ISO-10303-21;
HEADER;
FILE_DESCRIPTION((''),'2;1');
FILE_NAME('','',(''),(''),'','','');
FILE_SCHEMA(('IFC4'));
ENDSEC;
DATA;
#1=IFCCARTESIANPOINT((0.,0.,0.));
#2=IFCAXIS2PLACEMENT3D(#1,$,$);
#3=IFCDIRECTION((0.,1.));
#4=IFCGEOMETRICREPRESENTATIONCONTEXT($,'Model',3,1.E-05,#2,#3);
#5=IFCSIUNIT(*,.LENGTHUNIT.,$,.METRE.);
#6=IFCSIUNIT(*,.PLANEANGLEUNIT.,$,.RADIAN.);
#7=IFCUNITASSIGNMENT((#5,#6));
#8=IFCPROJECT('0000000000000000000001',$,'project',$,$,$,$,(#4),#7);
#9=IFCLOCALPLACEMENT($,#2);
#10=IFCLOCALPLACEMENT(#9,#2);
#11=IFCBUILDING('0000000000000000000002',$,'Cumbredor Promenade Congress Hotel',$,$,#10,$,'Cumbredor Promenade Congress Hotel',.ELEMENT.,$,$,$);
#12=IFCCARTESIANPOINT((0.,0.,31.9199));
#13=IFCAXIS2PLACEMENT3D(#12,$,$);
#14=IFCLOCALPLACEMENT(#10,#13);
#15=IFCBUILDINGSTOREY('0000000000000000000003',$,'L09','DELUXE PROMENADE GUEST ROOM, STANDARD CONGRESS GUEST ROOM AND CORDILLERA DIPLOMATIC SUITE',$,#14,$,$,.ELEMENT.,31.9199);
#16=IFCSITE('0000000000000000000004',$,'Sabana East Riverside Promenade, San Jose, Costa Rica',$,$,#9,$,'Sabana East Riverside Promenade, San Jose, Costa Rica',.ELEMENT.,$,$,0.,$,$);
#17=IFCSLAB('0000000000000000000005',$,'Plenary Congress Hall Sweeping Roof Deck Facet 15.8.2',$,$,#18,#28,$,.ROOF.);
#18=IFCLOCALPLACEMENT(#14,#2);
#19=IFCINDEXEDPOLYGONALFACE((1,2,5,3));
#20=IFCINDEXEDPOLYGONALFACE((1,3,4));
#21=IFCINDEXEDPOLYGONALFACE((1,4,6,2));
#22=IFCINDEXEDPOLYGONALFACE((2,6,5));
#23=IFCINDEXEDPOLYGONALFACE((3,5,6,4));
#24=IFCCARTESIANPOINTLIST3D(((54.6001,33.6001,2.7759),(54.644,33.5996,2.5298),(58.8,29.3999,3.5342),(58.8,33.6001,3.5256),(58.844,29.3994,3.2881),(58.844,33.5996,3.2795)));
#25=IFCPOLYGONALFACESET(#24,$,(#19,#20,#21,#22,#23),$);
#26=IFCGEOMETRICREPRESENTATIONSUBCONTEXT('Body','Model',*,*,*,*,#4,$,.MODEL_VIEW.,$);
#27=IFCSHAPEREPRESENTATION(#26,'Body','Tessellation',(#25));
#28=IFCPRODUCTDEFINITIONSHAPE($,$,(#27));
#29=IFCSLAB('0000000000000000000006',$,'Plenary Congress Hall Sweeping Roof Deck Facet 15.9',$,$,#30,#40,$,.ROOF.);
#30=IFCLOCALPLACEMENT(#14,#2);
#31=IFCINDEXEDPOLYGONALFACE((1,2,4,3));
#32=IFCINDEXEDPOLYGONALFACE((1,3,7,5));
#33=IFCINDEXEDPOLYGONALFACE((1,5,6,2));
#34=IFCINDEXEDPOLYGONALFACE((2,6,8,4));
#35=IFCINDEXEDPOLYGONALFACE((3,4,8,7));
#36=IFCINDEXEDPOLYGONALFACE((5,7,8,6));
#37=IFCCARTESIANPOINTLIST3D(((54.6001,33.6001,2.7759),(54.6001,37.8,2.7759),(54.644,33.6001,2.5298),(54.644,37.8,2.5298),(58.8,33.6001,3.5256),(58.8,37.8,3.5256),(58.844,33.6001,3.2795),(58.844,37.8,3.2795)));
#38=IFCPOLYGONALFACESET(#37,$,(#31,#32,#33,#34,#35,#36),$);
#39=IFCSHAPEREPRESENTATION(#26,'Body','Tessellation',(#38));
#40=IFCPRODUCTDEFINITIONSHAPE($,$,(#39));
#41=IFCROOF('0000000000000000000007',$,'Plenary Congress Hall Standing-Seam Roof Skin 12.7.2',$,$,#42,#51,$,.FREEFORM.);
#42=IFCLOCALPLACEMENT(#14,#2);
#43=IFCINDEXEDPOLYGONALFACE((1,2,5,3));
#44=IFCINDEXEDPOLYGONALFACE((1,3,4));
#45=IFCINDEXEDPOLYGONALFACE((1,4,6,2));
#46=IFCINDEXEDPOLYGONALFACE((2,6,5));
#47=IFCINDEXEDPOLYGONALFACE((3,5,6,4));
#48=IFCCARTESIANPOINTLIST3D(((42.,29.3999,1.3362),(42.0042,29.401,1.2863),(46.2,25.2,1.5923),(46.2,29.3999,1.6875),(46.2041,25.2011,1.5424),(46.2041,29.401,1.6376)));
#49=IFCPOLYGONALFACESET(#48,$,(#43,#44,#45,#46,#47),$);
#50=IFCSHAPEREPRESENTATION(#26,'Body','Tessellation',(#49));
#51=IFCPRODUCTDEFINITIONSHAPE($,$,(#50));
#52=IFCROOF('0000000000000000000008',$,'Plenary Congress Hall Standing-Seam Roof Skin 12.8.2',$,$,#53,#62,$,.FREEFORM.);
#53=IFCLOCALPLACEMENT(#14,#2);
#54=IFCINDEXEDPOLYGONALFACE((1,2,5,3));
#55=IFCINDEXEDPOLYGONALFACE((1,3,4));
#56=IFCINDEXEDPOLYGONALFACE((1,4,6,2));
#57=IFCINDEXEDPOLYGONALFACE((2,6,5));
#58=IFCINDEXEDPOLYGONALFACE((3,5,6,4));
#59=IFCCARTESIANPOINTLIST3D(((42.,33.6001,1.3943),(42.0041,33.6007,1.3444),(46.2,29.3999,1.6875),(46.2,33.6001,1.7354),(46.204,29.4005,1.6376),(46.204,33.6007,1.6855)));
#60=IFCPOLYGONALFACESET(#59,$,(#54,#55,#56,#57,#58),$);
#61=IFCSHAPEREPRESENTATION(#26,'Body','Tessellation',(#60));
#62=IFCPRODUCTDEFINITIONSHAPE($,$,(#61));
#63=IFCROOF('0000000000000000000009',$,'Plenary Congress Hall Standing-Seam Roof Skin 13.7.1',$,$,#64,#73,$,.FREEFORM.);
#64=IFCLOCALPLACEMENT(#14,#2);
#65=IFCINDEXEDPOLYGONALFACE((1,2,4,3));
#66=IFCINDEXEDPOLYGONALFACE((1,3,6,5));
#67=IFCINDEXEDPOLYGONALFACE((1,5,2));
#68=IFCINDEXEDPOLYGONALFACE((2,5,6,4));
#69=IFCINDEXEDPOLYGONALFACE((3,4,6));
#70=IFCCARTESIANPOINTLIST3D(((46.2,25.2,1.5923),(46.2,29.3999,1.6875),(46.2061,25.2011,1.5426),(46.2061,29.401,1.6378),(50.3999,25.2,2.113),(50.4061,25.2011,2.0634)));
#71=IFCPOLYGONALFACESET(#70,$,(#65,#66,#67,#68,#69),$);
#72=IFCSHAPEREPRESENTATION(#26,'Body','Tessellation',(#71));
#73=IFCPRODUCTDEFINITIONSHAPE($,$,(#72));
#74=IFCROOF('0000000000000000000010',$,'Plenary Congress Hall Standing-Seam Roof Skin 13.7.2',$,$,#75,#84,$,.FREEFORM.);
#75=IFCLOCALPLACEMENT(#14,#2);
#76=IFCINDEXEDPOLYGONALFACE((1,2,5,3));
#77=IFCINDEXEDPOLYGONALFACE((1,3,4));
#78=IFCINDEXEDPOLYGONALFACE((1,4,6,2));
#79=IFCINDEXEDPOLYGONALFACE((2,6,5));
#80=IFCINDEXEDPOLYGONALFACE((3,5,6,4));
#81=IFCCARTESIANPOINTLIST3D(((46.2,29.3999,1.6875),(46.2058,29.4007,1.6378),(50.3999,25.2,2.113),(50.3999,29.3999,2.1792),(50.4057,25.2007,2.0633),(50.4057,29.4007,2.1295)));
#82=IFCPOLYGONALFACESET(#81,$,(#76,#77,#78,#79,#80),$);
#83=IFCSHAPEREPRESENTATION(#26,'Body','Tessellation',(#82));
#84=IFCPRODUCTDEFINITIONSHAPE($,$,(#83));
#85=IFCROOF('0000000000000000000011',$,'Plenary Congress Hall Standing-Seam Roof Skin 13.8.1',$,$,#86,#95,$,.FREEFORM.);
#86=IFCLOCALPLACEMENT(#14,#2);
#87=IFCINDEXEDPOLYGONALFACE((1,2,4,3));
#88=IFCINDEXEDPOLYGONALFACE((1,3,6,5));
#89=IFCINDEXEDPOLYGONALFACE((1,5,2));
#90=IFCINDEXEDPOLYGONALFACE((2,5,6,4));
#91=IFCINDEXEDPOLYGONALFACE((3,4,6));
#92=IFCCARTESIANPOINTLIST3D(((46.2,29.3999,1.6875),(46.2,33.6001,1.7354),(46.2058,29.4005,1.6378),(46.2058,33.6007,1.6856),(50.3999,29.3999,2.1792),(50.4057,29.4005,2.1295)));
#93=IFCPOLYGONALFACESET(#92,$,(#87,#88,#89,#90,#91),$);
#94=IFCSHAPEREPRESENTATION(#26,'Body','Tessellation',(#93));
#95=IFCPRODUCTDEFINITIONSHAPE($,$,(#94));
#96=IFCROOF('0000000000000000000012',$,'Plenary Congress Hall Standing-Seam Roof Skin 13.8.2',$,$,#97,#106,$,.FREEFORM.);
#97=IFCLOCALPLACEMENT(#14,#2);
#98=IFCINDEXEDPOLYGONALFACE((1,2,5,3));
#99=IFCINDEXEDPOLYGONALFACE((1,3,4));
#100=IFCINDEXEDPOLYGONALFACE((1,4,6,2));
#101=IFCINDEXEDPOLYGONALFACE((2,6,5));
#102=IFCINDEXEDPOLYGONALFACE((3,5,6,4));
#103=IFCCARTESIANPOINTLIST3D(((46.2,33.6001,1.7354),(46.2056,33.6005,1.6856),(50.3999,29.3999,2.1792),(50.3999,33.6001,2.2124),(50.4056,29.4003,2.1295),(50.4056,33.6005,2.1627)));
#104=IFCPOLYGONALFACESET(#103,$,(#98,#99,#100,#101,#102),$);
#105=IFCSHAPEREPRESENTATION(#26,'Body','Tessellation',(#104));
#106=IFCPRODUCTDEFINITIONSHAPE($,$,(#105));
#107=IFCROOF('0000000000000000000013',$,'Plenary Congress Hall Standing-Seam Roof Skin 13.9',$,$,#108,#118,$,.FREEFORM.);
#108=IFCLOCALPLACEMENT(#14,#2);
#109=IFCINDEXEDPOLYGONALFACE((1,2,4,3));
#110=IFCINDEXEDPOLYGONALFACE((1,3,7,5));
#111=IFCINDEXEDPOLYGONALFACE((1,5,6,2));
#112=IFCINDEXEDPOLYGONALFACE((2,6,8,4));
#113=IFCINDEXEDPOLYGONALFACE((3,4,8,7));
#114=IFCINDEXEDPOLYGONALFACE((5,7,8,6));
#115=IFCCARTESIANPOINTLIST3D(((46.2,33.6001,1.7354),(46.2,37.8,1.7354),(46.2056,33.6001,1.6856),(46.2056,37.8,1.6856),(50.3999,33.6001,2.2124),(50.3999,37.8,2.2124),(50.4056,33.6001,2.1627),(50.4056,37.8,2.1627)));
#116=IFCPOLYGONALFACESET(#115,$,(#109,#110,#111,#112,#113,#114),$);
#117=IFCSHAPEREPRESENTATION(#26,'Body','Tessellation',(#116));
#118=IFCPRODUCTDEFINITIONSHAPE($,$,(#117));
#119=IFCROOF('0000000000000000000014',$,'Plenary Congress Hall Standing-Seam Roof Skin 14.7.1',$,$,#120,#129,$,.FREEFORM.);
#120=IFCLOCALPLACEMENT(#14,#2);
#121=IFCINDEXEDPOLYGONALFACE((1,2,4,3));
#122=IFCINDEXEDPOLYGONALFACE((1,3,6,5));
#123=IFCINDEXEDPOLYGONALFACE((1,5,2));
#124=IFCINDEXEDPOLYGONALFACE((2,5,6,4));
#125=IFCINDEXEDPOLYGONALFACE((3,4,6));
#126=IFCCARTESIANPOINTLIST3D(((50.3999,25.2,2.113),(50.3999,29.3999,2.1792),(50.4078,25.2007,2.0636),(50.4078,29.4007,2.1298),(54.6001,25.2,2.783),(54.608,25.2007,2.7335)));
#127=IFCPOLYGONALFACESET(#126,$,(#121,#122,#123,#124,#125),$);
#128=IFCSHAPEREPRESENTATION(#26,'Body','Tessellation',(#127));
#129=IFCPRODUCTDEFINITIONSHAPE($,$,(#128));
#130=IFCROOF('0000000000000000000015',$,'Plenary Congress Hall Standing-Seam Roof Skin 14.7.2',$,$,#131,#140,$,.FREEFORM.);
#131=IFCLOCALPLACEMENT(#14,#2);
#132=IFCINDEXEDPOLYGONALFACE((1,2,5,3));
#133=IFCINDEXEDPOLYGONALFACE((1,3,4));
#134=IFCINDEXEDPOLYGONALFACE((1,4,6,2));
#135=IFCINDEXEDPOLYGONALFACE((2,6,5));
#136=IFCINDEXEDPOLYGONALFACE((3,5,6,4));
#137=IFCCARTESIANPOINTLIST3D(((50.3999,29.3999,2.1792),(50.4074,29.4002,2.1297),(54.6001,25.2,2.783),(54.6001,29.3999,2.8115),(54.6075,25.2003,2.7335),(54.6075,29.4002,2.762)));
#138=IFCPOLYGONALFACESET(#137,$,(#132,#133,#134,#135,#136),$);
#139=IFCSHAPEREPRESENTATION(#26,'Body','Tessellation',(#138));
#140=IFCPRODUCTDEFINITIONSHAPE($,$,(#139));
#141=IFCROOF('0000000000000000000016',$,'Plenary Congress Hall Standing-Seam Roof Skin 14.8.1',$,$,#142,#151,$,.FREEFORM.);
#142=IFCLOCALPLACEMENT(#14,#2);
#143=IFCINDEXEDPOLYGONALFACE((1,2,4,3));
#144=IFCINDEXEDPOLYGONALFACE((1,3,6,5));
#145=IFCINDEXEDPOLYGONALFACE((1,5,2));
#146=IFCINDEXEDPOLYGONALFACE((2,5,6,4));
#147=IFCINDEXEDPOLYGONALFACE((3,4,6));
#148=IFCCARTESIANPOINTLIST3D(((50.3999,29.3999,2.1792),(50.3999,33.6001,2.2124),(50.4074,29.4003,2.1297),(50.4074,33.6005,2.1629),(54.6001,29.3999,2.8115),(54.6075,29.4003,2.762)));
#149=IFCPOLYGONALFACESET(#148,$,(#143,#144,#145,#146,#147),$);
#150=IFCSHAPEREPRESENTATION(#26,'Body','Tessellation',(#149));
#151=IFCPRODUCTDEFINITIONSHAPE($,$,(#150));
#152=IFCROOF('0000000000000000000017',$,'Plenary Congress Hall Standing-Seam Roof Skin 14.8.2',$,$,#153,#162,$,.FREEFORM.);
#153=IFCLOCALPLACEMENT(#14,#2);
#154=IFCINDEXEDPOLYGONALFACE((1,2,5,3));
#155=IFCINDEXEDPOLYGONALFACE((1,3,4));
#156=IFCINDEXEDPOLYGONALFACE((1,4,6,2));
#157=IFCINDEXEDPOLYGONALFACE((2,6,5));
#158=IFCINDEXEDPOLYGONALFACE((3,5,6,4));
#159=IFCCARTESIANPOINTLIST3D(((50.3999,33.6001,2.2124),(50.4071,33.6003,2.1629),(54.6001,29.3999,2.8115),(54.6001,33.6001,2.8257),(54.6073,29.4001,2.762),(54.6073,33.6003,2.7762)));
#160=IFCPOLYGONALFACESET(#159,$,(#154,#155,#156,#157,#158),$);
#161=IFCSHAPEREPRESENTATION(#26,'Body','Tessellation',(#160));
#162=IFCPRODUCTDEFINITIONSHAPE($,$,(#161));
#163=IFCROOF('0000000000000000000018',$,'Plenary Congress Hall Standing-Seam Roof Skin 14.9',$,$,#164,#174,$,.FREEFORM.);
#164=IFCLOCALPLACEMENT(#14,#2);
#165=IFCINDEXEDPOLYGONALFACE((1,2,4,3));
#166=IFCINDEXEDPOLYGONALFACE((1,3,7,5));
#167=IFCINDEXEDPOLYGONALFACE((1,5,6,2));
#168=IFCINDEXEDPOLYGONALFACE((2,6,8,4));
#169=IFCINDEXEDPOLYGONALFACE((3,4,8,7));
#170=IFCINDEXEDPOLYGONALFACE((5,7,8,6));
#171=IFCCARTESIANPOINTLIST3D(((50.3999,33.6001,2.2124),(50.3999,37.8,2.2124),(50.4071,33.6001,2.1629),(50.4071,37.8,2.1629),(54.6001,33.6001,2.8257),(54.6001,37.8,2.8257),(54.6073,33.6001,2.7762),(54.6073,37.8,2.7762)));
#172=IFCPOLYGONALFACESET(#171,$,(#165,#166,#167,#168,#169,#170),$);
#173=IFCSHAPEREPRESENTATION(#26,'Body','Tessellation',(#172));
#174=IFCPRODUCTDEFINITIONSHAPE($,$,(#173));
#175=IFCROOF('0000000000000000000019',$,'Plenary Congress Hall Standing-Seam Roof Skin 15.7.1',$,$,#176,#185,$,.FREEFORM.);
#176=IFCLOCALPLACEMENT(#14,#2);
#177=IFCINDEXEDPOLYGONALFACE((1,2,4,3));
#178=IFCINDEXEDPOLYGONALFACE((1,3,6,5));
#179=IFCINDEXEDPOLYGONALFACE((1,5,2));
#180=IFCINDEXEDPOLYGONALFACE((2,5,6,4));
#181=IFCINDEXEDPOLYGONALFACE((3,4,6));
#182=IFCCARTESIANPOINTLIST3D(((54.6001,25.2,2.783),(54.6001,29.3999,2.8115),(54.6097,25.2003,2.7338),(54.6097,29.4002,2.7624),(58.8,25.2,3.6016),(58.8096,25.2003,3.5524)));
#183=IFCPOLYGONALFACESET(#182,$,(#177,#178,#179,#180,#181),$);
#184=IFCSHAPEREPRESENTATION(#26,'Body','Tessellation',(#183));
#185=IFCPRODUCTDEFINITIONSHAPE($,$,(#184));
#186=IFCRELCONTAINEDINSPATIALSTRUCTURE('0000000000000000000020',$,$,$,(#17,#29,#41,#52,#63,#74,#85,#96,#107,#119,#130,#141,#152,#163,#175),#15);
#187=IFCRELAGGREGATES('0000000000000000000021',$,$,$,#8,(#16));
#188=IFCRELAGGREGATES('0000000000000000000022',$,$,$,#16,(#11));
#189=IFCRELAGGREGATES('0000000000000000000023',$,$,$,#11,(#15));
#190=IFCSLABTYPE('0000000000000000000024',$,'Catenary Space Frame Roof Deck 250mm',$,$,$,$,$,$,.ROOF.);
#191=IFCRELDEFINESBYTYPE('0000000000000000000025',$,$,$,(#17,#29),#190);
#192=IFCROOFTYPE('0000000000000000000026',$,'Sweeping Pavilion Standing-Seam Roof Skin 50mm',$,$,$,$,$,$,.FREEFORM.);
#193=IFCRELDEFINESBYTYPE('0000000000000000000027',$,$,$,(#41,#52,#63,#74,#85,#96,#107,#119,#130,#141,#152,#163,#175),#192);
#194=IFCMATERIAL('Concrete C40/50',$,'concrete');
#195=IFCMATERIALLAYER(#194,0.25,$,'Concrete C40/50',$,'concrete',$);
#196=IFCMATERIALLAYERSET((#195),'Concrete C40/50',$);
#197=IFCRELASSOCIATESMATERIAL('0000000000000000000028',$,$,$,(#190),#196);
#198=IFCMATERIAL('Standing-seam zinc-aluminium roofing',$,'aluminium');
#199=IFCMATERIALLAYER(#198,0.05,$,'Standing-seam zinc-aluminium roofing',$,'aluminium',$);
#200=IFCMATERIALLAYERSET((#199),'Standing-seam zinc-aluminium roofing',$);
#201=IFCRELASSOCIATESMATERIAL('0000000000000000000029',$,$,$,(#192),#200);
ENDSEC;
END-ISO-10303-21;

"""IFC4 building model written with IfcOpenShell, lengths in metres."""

from ifc_helpers import new_model, si_unit, direction, frame, origin, place, context, subcontext, project, spatial, polyline, outline, extrude, material, layer, layer_set, type_object, element, save


model = new_model("IFC4")

# Units and contexts
model_context = context("Model", 3, precision=1e-05, world=origin(), true_north=direction((0.0, 1.0)))
body_context = subcontext(model_context, "Body", "Model", "MODEL_VIEW")
ifc_project = project(units=[si_unit("LENGTHUNIT", "METRE"), si_unit("PLANEANGLEUNIT", "RADIAN")], contexts=[model_context])

# Site, building, storey
site_placement = place(None, origin())
site = spatial("IfcSite", under=ifc_project, at=site_placement, Name="Sabana East Riverside Promenade, San Jose, Costa Rica", LongName="Sabana East Riverside Promenade, San Jose, Costa Rica", CompositionType="ELEMENT", RefElevation=0.0)
building_placement = place(site_placement, origin())
building = spatial("IfcBuilding", under=site, at=building_placement, Name="Cumbredor Promenade Congress Hotel", LongName="Cumbredor Promenade Congress Hotel", CompositionType="ELEMENT")
storey_placement = place(building_placement, frame((0.0, 0.0, 31.9199)))
storey = spatial("IfcBuildingStorey", under=building, at=storey_placement, Name="L09", Description="DELUXE PROMENADE GUEST ROOM, STANDARD CONGRESS GUEST ROOM AND CORDILLERA DIPLOMATIC SUITE", CompositionType="ELEMENT", Elevation=31.9199)

# Slabs
ifc_material_1 = material(Name="Concrete C40/50", Category="concrete")
ifc_layer_1 = layer(ifc_material_1, 0.25, Name="Concrete C40/50", Category="concrete")
ifc_layer_set_1 = layer_set([ifc_layer_1], Name="Concrete C40/50")
slab_type = type_object("IfcSlabType", Name="Catenary Space Frame Roof Deck 250mm", PredefinedType="ROOF", material=ifc_layer_set_1)
slab_1_placement = place(storey_placement, frame((58.8, 29.3999, 3.5342), z_axis=(-0.175737, 0.002003, 0.984435), x_axis=(0.0, 0.999998, -0.002034)))
element("IfcSlab", 1, at=slab_1_placement, inside=storey, type_object=slab_type, Name="Plenary Congress Hall Sweeping Roof Deck Facet 15.8.2", PredefinedType="ROOF", context=body_context, shape_type="SweptSolid", body=[
    extrude(outline(polyline([(0.0, 0.0), (4.2002, 0.0), (4.2017, 4.2663), (0.0, 0.0)])), origin(), (0.0, 0.0, -1.0), 0.25),
])
slab_2_placement = place(storey_placement, frame((54.6001, 33.6001, 2.7759), z_axis=(-0.175737, 0.0, 0.984437), x_axis=(0.984437, 0.0, 0.175737)))
element("IfcSlab", 2, at=slab_2_placement, inside=storey, type_object=slab_type, Name="Plenary Congress Hall Sweeping Roof Deck Facet 15.9", PredefinedType="ROOF", context=body_context, shape_type="SweptSolid", body=[
    extrude(outline(polyline([(0.0, 0.0), (4.2663, 0.0), (4.2663, 4.2), (0.0, 4.2), (0.0, 0.0)])), origin(), (0.0, 0.0, -1.0), 0.25),
])

# Roofs
ifc_material_2 = material(Name="Standing-seam zinc-aluminium roofing", Category="aluminium")
ifc_layer_2 = layer(ifc_material_2, 0.05, Name="Standing-seam zinc-aluminium roofing", Category="aluminium")
ifc_layer_set_2 = layer_set([ifc_layer_2], Name="Standing-seam zinc-aluminium roofing")
roof_type = type_object("IfcRoofType", Name="Sweeping Pavilion Standing-Seam Roof Skin 50mm", PredefinedType="FREEFORM", material=ifc_layer_set_2)
roof_1_placement = place(storey_placement, frame((46.2, 25.2, 1.5923), z_axis=(-0.083336, -0.022586, 0.996266), x_axis=(0.0, 0.999743, 0.022665)))
element("IfcRoof", 3, at=roof_1_placement, inside=storey, type_object=roof_type, Name="Plenary Congress Hall Standing-Seam Roof Skin 12.7.2", PredefinedType="FREEFORM", context=body_context, shape_type="SweptSolid", body=[
    extrude(outline(polyline([(0.0, 0.0), (4.201, 0.0), (4.1931, 4.2146), (0.0, 0.0)])), origin(), (0.0, 0.0, -1.0), 0.05),
])
roof_2_placement = place(storey_placement, frame((46.2, 29.3999, 1.6875), z_axis=(-0.080935, -0.011355, 0.996655), x_axis=(0.0, 0.999935, 0.011392)))
element("IfcRoof", 4, at=roof_2_placement, inside=storey, type_object=roof_type, Name="Plenary Congress Hall Standing-Seam Roof Skin 12.8.2", PredefinedType="FREEFORM", context=body_context, shape_type="SweptSolid", body=[
    extrude(outline(polyline([(0.0, 0.0), (4.2005, 0.0), (4.1966, 4.2138), (0.0, 0.0)])), origin(), (0.0, 0.0, -1.0), 0.05),
])
roof_3_placement = place(storey_placement, frame((46.2, 25.2, 1.5923), z_axis=(-0.123017, -0.022492, 0.99215), x_axis=(0.992401, 0.0, 0.123048)))
element("IfcRoof", 5, at=roof_3_placement, inside=storey, type_object=roof_type, Name="Plenary Congress Hall Standing-Seam Roof Skin 13.7.1", PredefinedType="FREEFORM", context=body_context, shape_type="SweptSolid", body=[
    extrude(outline(polyline([(0.0, 0.0), (4.2321, 0.0), (0.0117, 4.201), (0.0, 0.0)])), origin(), (0.0, 0.0, -1.0), 0.05),
])
roof_4_placement = place(storey_placement, frame((50.3999, 25.2, 2.113), z_axis=(-0.116264, -0.015644, 0.993095), x_axis=(0.0, 0.999876, 0.015751)))
element("IfcRoof", 6, at=roof_4_placement, inside=storey, type_object=roof_type, Name="Plenary Congress Hall Standing-Seam Roof Skin 13.7.2", PredefinedType="FREEFORM", context=body_context, shape_type="SweptSolid", body=[
    extrude(outline(polyline([(0.0, 0.0), (4.2005, 0.0), (4.1927, 4.2286), (0.0, 0.0)])), origin(), (0.0, 0.0, -1.0), 0.05),
])
roof_5_placement = place(storey_placement, frame((46.2, 29.3999, 1.6875), z_axis=(-0.116271, -0.011315, 0.993153), x_axis=(0.993217, 0.0, 0.116278)))
element("IfcRoof", 7, at=roof_5_placement, inside=storey, type_object=roof_type, Name="Plenary Congress Hall Standing-Seam Roof Skin 13.8.1", PredefinedType="FREEFORM", context=body_context, shape_type="SweptSolid", body=[
    extrude(outline(polyline([(0.0, 0.0), (4.2286, 0.0), (0.0056, 4.2005), (0.0, 0.0)])), origin(), (0.0, 0.0, -1.0), 0.05),
])
roof_6_placement = place(storey_placement, frame((50.3999, 29.3999, 2.1792), z_axis=(-0.112856, -0.007854, 0.99358), x_axis=(0.0, 0.999969, 0.007905)))
element("IfcRoof", 8, at=roof_6_placement, inside=storey, type_object=roof_type, Name="Plenary Congress Hall Standing-Seam Roof Skin 13.8.2", PredefinedType="FREEFORM", context=body_context, shape_type="SweptSolid", body=[
    extrude(outline(polyline([(0.0, 0.0), (4.2003, 0.0), (4.1966, 4.227), (0.0, 0.0)])), origin(), (0.0, 0.0, -1.0), 0.05),
])
roof_7_placement = place(storey_placement, frame((46.2, 33.6001, 1.7354), z_axis=(-0.112859, 0.0, 0.993611), x_axis=(0.993611, 0.0, 0.112859)))
element("IfcRoof", 9, at=roof_7_placement, inside=storey, type_object=roof_type, Name="Plenary Congress Hall Standing-Seam Roof Skin 13.9", PredefinedType="FREEFORM", context=body_context, shape_type="SweptSolid", body=[
    extrude(outline(polyline([(0.0, 0.0), (4.227, 0.0), (4.227, 4.2), (0.0, 4.2), (0.0, 0.0)])), origin(), (0.0, 0.0, -1.0), 0.05),
])
roof_8_placement = place(storey_placement, frame((50.3999, 25.2, 2.113), z_axis=(-0.157488, -0.015555, 0.987398), x_axis=(0.987518, 0.0, 0.157507)))
element("IfcRoof", 10, at=roof_8_placement, inside=storey, type_object=roof_type, Name="Plenary Congress Hall Standing-Seam Roof Skin 14.7.1", PredefinedType="FREEFORM", context=body_context, shape_type="SweptSolid", body=[
    extrude(outline(polyline([(0.0, 0.0), (4.2533, 0.0), (0.0104, 4.2005), (0.0, 0.0)])), origin(), (0.0, 0.0, -1.0), 0.05),
])
roof_9_placement = place(storey_placement, frame((54.6001, 25.2, 2.783), z_axis=(-0.148865, -0.006725, 0.988835), x_axis=(0.0, 0.999977, 0.006801)))
element("IfcRoof", 11, at=roof_9_placement, inside=storey, type_object=roof_type, Name="Plenary Congress Hall Standing-Seam Roof Skin 14.7.2", PredefinedType="FREEFORM", context=body_context, shape_type="SweptSolid", body=[
    extrude(outline(polyline([(0.0, 0.0), (4.2, 0.0), (4.1957, 4.2475), (0.0, 0.0)])), origin(), (0.0, 0.0, -1.0), 0.05),
])
roof_10_placement = place(storey_placement, frame((50.3999, 29.3999, 2.1792), z_axis=(-0.148864, -0.007817, 0.988827), x_axis=(0.988857, 0.0, 0.148869)))
element("IfcRoof", 12, at=roof_10_placement, inside=storey, type_object=roof_type, Name="Plenary Congress Hall Standing-Seam Roof Skin 14.8.1", PredefinedType="FREEFORM", context=body_context, shape_type="SweptSolid", body=[
    extrude(outline(polyline([(0.0, 0.0), (4.2475, 0.0), (0.0049, 4.2003), (0.0, 0.0)])), origin(), (0.0, 0.0, -1.0), 0.05),
])
roof_11_placement = place(storey_placement, frame((54.6001, 29.3999, 2.8115), z_axis=(-0.14448, -0.003336, 0.989502), x_axis=(0.0, 0.999994, 0.003371)))
element("IfcRoof", 13, at=roof_11_placement, inside=storey, type_object=roof_type, Name="Plenary Congress Hall Standing-Seam Roof Skin 14.8.2", PredefinedType="FREEFORM", context=body_context, shape_type="SweptSolid", body=[
    extrude(outline(polyline([(0.0, 0.0), (4.2002, 0.0), (4.1982, 4.2447), (0.0, 0.0)])), origin(), (0.0, 0.0, -1.0), 0.05),
])
roof_12_placement = place(storey_placement, frame((50.3999, 33.6001, 2.2124), z_axis=(-0.144481, 0.0, 0.989508), x_axis=(0.989508, 0.0, 0.144481)))
element("IfcRoof", 14, at=roof_12_placement, inside=storey, type_object=roof_type, Name="Plenary Congress Hall Standing-Seam Roof Skin 14.9", PredefinedType="FREEFORM", context=body_context, shape_type="SweptSolid", body=[
    extrude(outline(polyline([(0.0, 0.0), (4.2447, 0.0), (4.2447, 4.2), (0.0, 4.2), (0.0, 0.0)])), origin(), (0.0, 0.0, -1.0), 0.05),
])
roof_13_placement = place(storey_placement, frame((54.6001, 25.2, 2.783), z_axis=(-0.191304, -0.006675, 0.981508), x_axis=(0.98153, 0.0, 0.191308)))
element("IfcRoof", 15, at=roof_13_placement, inside=storey, type_object=roof_type, Name="Plenary Congress Hall Standing-Seam Roof Skin 15.7.1", PredefinedType="FREEFORM", context=body_context, shape_type="SweptSolid", body=[
    extrude(outline(polyline([(0.0, 0.0), (4.279, 0.0), (0.0055, 4.2), (0.0, 0.0)])), origin(), (0.0, 0.0, -1.0), 0.05),
])

save(model, "model.ifc")
